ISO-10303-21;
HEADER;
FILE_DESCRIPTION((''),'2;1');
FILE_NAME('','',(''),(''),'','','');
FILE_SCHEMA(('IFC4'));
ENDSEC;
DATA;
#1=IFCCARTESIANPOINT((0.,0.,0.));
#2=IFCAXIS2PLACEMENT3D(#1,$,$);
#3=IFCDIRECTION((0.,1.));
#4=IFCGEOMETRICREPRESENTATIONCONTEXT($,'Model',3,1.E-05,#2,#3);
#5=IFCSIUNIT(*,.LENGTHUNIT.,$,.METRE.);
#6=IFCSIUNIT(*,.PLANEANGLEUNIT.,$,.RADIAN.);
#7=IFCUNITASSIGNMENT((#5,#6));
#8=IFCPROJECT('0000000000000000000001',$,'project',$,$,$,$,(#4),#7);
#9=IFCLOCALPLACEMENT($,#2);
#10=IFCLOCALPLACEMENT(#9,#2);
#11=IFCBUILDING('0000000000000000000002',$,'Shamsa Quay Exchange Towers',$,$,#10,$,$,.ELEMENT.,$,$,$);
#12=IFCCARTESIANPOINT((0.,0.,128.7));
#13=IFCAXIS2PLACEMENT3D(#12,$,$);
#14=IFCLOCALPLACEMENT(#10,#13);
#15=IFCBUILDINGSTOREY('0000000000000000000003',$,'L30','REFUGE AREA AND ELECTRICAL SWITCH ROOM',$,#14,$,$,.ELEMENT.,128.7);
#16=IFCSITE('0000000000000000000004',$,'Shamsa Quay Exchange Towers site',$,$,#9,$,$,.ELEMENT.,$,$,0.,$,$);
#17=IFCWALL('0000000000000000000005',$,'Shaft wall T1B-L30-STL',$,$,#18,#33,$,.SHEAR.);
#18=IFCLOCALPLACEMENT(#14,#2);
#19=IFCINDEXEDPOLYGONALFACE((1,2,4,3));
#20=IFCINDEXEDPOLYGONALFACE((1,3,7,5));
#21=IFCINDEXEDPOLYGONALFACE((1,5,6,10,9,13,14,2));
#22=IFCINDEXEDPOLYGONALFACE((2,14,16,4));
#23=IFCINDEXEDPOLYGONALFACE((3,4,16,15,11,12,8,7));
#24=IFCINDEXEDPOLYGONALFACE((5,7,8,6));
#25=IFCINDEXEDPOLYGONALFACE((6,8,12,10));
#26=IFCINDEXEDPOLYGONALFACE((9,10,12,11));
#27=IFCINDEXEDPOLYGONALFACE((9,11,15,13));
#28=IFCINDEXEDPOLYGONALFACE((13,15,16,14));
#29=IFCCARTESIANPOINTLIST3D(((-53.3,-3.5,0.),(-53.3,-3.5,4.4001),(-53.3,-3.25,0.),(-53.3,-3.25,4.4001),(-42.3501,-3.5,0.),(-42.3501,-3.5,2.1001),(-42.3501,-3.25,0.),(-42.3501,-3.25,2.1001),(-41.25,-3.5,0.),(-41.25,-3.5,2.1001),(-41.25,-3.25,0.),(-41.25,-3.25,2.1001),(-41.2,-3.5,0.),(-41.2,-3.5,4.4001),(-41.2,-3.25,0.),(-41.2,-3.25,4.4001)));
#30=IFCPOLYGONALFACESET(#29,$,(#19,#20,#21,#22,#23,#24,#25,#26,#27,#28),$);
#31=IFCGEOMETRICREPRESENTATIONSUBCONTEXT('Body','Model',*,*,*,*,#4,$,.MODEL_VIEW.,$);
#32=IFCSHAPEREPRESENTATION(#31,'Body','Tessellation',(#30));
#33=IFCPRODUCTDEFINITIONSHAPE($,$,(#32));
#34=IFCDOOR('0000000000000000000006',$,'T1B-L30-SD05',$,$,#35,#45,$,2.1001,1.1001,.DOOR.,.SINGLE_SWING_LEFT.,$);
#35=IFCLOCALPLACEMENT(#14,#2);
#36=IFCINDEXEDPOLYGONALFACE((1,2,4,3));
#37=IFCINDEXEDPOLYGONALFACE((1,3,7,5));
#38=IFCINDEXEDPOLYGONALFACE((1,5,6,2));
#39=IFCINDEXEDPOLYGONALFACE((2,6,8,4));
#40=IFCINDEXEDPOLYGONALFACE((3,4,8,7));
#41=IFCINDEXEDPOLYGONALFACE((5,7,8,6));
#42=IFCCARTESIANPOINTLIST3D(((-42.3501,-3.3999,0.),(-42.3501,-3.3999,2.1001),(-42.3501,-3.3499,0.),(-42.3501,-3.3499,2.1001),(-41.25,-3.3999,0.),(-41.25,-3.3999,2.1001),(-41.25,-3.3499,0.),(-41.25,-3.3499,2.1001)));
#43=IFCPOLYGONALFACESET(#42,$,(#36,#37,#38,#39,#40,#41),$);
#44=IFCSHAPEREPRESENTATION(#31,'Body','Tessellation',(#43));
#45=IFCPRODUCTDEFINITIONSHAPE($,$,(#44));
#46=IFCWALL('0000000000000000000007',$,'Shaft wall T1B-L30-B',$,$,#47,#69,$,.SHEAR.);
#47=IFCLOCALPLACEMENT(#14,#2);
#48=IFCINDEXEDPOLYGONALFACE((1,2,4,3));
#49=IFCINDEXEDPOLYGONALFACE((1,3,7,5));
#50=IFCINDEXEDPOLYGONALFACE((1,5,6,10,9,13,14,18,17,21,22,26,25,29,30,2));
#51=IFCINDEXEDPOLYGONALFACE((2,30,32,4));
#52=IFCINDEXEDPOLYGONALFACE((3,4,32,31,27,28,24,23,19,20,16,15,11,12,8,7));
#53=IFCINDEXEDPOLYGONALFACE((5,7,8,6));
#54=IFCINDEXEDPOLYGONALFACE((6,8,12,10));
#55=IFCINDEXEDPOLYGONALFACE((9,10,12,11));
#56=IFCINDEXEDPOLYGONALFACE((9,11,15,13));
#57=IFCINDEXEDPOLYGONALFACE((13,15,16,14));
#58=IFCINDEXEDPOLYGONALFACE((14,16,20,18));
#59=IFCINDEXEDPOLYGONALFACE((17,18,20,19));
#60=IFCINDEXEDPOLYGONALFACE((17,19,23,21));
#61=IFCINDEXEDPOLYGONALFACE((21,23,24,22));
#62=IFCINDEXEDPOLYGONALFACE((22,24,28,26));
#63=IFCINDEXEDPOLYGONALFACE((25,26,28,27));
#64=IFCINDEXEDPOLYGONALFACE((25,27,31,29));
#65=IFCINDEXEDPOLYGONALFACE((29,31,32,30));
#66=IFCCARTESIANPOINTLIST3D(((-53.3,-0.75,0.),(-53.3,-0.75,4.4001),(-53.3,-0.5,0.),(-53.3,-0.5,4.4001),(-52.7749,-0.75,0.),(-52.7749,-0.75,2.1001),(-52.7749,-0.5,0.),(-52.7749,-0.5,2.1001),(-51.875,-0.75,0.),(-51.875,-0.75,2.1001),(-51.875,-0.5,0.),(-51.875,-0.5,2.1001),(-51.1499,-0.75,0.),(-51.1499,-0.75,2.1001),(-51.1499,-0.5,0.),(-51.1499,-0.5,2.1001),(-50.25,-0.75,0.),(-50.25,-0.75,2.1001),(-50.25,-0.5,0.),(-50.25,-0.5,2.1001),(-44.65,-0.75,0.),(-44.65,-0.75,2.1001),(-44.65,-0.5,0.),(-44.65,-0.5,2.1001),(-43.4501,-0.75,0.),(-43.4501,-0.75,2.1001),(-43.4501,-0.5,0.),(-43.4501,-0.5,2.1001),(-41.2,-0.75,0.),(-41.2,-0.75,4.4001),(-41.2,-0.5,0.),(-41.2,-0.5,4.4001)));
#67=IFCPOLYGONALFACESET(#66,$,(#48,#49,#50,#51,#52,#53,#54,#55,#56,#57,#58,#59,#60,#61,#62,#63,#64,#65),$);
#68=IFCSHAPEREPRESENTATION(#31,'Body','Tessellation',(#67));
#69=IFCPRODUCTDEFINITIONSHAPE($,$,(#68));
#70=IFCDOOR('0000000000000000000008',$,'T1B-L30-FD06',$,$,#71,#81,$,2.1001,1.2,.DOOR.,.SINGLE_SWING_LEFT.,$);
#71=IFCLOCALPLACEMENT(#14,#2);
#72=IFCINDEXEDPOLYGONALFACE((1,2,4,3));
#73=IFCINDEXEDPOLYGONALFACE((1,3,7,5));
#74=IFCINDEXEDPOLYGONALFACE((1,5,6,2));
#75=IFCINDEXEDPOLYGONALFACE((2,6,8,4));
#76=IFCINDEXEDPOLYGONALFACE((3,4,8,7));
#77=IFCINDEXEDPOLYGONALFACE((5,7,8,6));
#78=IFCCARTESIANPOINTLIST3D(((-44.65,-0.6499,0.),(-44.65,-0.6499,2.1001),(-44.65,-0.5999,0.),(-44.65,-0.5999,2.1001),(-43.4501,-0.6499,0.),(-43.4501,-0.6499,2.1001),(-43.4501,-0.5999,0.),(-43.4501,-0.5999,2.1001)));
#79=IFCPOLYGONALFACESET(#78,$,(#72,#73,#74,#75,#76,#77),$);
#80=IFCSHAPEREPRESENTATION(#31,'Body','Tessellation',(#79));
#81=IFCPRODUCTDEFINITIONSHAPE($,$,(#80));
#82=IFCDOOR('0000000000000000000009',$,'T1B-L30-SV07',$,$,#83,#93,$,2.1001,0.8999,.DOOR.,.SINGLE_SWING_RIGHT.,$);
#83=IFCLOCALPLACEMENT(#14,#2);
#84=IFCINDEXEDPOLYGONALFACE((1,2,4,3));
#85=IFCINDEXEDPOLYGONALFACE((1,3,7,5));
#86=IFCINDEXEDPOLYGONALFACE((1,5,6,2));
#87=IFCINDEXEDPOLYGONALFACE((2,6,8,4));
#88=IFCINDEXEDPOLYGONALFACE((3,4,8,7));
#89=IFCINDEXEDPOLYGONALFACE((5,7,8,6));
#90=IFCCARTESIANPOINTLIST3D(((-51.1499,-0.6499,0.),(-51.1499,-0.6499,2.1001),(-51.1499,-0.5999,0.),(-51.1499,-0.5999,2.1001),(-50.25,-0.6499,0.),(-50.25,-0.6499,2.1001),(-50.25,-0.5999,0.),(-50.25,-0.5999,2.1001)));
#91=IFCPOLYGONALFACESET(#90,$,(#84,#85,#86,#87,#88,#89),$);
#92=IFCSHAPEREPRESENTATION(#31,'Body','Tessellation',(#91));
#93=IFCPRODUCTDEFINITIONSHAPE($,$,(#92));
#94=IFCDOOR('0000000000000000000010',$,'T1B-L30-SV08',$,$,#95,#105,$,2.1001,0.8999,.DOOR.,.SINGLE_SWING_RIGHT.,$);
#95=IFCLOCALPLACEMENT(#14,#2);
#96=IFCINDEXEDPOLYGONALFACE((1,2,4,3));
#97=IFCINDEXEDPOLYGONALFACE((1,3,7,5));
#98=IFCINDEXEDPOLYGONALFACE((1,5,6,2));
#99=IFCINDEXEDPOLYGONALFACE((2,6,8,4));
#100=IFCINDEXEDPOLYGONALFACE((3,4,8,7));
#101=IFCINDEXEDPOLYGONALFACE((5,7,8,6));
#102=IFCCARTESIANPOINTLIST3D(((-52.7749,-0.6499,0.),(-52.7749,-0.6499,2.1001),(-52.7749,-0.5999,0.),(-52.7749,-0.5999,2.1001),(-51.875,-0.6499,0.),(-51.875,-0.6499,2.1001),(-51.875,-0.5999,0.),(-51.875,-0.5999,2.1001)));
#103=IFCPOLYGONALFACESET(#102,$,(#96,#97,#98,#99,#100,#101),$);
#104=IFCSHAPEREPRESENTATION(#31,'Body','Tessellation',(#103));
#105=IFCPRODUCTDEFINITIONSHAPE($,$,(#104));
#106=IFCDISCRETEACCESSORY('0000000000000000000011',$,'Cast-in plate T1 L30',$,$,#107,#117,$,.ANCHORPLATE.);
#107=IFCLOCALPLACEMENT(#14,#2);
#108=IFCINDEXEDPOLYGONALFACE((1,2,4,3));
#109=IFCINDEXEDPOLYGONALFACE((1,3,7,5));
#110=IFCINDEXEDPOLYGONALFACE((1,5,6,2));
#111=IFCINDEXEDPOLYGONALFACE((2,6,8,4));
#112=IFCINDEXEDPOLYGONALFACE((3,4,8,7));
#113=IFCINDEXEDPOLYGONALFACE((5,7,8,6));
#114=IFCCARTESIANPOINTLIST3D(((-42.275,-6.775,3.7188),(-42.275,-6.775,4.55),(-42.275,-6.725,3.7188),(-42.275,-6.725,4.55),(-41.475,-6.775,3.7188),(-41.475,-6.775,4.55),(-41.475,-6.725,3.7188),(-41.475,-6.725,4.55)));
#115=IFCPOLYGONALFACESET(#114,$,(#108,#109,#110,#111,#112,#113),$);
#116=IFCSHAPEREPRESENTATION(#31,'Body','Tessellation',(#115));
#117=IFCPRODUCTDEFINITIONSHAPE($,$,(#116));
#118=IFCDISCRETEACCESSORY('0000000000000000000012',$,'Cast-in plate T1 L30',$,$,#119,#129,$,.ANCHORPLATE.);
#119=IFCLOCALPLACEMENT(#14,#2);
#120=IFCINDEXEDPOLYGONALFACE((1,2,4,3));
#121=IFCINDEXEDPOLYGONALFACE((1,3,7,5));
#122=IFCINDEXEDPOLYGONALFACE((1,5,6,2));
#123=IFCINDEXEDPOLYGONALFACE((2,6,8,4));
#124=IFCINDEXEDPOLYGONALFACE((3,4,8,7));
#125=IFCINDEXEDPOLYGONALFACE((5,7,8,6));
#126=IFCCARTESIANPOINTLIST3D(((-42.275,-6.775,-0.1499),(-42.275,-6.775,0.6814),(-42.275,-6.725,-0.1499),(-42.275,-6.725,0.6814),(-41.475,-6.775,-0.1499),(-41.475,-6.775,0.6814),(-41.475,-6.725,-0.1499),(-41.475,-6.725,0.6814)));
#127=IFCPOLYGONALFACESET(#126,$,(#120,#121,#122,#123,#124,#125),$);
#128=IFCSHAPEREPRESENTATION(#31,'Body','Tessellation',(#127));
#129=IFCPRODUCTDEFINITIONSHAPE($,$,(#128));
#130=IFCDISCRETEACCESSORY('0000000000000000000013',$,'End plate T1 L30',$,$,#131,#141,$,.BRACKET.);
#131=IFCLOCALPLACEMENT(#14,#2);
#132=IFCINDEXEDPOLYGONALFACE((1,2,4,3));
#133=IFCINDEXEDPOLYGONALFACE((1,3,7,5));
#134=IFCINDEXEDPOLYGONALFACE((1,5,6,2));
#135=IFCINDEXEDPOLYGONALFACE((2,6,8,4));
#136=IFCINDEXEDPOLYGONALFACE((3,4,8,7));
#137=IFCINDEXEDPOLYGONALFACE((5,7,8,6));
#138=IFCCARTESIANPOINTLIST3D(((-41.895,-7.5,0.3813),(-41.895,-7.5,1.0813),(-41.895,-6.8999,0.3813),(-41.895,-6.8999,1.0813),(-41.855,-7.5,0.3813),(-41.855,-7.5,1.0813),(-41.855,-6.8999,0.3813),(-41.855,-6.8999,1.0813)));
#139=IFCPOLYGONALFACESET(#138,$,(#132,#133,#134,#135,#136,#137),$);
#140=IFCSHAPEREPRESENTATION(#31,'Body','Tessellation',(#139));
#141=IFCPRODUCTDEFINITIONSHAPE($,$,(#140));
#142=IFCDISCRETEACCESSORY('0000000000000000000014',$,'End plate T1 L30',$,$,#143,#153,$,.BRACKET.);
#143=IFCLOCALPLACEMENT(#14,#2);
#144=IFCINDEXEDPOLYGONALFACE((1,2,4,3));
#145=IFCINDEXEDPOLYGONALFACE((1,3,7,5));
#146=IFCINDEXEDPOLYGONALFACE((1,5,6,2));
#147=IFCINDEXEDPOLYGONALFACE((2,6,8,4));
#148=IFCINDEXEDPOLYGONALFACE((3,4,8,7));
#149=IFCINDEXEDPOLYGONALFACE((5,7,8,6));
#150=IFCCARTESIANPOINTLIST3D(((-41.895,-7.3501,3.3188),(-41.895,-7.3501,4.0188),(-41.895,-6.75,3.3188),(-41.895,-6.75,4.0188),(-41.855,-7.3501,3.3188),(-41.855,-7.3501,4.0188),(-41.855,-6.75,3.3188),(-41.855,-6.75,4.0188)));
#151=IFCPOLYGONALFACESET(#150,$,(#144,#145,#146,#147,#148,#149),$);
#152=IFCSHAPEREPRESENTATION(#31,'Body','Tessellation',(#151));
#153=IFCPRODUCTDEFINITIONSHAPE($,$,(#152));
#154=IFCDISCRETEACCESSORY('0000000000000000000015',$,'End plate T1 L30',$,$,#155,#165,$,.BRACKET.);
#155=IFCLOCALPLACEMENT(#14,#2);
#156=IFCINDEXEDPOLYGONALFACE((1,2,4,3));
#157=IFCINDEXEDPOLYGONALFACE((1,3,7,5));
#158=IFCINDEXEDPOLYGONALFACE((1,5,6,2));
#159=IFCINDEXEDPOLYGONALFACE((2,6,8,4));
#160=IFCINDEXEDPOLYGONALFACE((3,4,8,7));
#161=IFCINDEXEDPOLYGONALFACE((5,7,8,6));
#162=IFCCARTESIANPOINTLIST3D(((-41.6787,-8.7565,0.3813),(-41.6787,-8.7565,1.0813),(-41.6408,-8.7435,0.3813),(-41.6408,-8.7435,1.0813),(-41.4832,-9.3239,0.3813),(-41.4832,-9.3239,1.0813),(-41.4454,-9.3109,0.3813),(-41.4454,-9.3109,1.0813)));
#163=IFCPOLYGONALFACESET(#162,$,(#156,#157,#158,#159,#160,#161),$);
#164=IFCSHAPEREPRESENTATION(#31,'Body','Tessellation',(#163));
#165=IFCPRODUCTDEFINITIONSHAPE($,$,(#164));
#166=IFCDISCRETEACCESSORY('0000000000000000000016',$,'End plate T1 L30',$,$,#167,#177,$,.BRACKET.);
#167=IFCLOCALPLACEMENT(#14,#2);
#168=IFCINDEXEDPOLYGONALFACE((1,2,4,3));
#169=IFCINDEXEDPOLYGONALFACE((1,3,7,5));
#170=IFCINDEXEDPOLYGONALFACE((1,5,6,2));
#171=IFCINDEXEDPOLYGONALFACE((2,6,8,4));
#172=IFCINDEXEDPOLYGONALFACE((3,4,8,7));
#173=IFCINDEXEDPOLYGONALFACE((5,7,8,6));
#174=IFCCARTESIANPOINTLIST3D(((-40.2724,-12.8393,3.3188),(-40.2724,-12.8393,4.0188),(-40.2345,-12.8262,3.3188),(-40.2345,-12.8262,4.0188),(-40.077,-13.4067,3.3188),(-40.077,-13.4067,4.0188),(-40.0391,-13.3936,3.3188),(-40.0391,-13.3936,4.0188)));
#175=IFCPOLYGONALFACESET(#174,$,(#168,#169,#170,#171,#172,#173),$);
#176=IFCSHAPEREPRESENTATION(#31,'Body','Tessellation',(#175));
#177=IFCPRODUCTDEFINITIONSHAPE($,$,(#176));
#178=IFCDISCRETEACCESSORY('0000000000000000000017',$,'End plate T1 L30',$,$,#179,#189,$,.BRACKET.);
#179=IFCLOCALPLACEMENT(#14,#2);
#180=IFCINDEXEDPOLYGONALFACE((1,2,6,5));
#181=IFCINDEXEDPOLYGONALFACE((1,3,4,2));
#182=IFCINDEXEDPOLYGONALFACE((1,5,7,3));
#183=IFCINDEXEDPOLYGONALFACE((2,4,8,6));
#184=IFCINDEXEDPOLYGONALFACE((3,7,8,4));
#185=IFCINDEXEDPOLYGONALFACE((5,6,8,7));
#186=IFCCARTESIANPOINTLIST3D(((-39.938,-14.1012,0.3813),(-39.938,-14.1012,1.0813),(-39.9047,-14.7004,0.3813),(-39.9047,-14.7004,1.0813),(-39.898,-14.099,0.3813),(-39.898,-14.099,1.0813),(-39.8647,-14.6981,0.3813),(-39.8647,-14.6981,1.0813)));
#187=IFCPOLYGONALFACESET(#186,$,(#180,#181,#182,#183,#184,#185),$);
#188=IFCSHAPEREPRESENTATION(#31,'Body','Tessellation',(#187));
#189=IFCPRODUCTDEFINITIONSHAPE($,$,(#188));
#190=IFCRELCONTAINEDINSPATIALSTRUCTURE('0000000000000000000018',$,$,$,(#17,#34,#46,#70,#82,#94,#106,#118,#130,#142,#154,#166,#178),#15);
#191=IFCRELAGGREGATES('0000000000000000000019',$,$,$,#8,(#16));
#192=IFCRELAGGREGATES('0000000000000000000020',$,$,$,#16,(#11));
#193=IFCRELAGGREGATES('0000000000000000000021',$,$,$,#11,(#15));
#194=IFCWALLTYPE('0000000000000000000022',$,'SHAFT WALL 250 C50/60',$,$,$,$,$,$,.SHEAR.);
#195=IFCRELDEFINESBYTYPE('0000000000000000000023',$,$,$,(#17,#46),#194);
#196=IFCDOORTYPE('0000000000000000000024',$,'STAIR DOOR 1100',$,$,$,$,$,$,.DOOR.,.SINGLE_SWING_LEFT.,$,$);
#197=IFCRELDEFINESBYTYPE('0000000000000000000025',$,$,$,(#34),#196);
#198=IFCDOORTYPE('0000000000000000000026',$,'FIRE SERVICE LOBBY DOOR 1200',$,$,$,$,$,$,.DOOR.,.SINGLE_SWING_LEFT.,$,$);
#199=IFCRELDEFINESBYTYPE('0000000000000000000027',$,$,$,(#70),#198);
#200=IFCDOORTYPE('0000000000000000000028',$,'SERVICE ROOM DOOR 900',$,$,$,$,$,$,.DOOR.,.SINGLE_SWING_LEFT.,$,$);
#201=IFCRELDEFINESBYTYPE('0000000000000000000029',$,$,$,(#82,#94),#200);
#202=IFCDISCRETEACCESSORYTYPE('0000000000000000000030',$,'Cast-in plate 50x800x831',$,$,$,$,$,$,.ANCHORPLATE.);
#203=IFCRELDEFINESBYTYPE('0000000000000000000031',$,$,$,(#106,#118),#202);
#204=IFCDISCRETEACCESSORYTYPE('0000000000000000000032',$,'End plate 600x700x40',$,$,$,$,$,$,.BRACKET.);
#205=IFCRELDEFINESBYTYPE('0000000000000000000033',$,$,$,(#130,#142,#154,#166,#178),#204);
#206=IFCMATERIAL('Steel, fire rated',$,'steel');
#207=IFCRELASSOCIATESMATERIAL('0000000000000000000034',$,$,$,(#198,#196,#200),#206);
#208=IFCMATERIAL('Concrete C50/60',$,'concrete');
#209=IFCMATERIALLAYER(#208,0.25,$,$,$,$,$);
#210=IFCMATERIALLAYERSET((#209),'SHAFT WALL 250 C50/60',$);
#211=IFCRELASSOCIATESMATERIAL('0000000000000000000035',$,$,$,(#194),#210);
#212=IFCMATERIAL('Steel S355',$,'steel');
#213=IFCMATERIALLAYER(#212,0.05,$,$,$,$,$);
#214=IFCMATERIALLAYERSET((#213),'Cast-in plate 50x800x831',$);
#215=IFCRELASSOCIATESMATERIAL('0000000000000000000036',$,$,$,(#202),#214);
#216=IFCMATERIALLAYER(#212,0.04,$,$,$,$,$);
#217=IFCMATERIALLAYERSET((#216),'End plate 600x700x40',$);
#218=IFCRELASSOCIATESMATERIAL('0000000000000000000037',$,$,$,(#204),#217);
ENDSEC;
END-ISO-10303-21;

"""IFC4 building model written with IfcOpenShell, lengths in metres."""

from ifc_helpers import new_model, si_unit, direction, frame, frame_2d, origin, origin_2d, place, context, subcontext, project, spatial, rectangle, extrude, material, layer, layer_set, type_object, element, fill, save


model = new_model("IFC4")

# Units and contexts
model_context = context("Model", 3, precision=1e-05, world=origin(), true_north=direction((0.0, 1.0)))
body_context = subcontext(model_context, "Body", "Model", "MODEL_VIEW")
ifc_project = project(units=[si_unit("LENGTHUNIT", "METRE"), si_unit("PLANEANGLEUNIT", "RADIAN")], contexts=[model_context])

# Site, building, storey
site_placement = place(None, origin())
site = spatial("IfcSite", under=ifc_project, at=site_placement, Name="Shamsa Quay Exchange Towers site", CompositionType="ELEMENT", RefElevation=0.0)
building_placement = place(site_placement, origin())
building = spatial("IfcBuilding", under=site, at=building_placement, Name="Shamsa Quay Exchange Towers", CompositionType="ELEMENT")
storey_placement = place(building_placement, frame((0.0, 0.0, 128.7)))
storey = spatial("IfcBuildingStorey", under=building, at=storey_placement, Name="L30", Description="REFUGE AREA AND ELECTRICAL SWITCH ROOM", CompositionType="ELEMENT", Elevation=128.7)

# Shared definitions
ifc_material_1 = material(Name="Steel S355", Category="steel")

# Shared definitions
ifc_material_2 = material(Name="Steel, fire rated", Category="steel")
door_type_1 = type_object("IfcDoorType", Name="FIRE SERVICE LOBBY DOOR 1200", OperationType="SINGLE_SWING_LEFT", PredefinedType="DOOR", material=ifc_material_2)

# Wall, opening, door
ifc_material_3 = material(Name="Concrete C50/60", Category="concrete")
ifc_layer_1 = layer(ifc_material_3, 0.25)
ifc_layer_set_1 = layer_set([ifc_layer_1], Name="SHAFT WALL 250 C50/60")
wall_type_1 = type_object("IfcWallType", Name="SHAFT WALL 250 C50/60", PredefinedType="SHEAR", material=ifc_layer_set_1)
wall_1_placement = place(storey_placement, frame((-41.2, -3.375, 0.0), z_axis=(0.0, 0.0, 1.0), x_axis=(-1.0, 0.0, 0.0)))
wall_1 = element("IfcWall", 1, at=wall_1_placement, inside=storey, type_object=wall_type_1, Name="Shaft wall T1B-L30-STL", PredefinedType="SHEAR", context=body_context, shape_type="SweptSolid", body=[
    extrude(rectangle(XDim=12.1001, YDim=0.25, at=frame_2d((6.05, 0.0))), origin(), (0.0, 0.0, 1.0), 4.4001),
])
opening_1_placement = place(wall_1_placement, frame((0.05, 0.0, 0.0)))
opening_1 = element("IfcOpeningElement", 2, at=opening_1_placement, cuts=wall_1, PredefinedType="OPENING", context=body_context, shape_type="SweptSolid", body=[
    extrude(rectangle(XDim=1.1001, YDim=2.1001, at=frame_2d((0.55, 1.05))), frame((0.0, 0.135, 0.0), z_axis=(0.0, -1.0, 0.0), x_axis=(1.0, 0.0, 0.0)), (0.0, 0.0, 1.0), 0.27),
])
door_type_2 = type_object("IfcDoorType", Name="STAIR DOOR 1100", OperationType="SINGLE_SWING_LEFT", PredefinedType="DOOR", material=ifc_material_2)
door_1_placement = place(opening_1_placement, origin())
door_1 = element("IfcDoor", 3, at=door_1_placement, inside=storey, type_object=door_type_2, Name="T1B-L30-SD05", OperationType="SINGLE_SWING_LEFT", OverallHeight=2.1001, OverallWidth=1.1001, PredefinedType="DOOR", context=body_context, shape_type="SweptSolid", body=[
    extrude(rectangle(XDim=1.1001, YDim=2.1001, at=frame_2d((0.55, 1.05))), frame((0.0, 0.0249, 0.0), z_axis=(0.0, -1.0, 0.0), x_axis=(1.0, 0.0, 0.0)), (0.0, 0.0, 1.0), 0.05),
])
fill(opening_1, door_1)

# Wall, openings, doors
wall_2_placement = place(storey_placement, frame((-41.2, -0.625, 0.0), z_axis=(0.0, 0.0, 1.0), x_axis=(-1.0, 0.0, 0.0)))
wall_2 = element("IfcWall", 4, at=wall_2_placement, inside=storey, type_object=wall_type_1, Name="Shaft wall T1B-L30-B", PredefinedType="SHEAR", context=body_context, shape_type="SweptSolid", body=[
    extrude(rectangle(XDim=12.1001, YDim=0.25, at=frame_2d((6.05, 0.0))), origin(), (0.0, 0.0, 1.0), 4.4001),
])
opening_2_placement = place(wall_2_placement, frame((2.25, 0.0, 0.0)))
opening_2 = element("IfcOpeningElement", 5, at=opening_2_placement, cuts=wall_2, PredefinedType="OPENING", context=body_context, shape_type="SweptSolid", body=[
    extrude(rectangle(XDim=1.2, YDim=2.1001, at=frame_2d((0.6001, 1.05))), frame((0.0, 0.135, 0.0), z_axis=(0.0, -1.0, 0.0), x_axis=(1.0, 0.0, 0.0)), (0.0, 0.0, 1.0), 0.27),
])
opening_3_placement = place(wall_2_placement, frame((9.05, 0.0, 0.0)))
opening_3 = element("IfcOpeningElement", 6, at=opening_3_placement, cuts=wall_2, PredefinedType="OPENING", context=body_context, shape_type="SweptSolid", body=[
    extrude(rectangle(XDim=0.8999, YDim=2.1001, at=frame_2d((0.45, 1.05))), frame((0.0, 0.135, 0.0), z_axis=(0.0, -1.0, 0.0), x_axis=(1.0, 0.0, 0.0)), (0.0, 0.0, 1.0), 0.27),
])
opening_4_placement = place(wall_2_placement, frame((10.675, 0.0, 0.0)))
opening_4 = element("IfcOpeningElement", 7, at=opening_4_placement, cuts=wall_2, PredefinedType="OPENING", context=body_context, shape_type="SweptSolid", body=[
    extrude(rectangle(XDim=0.8999, YDim=2.1001, at=frame_2d((0.45, 1.05))), frame((0.0, 0.135, 0.0), z_axis=(0.0, -1.0, 0.0), x_axis=(1.0, 0.0, 0.0)), (0.0, 0.0, 1.0), 0.27),
])
door_2_placement = place(opening_2_placement, origin())
door_2 = element("IfcDoor", 8, at=door_2_placement, inside=storey, type_object=door_type_1, Name="T1B-L30-FD06", OperationType="SINGLE_SWING_LEFT", OverallHeight=2.1001, OverallWidth=1.2, PredefinedType="DOOR", context=body_context, shape_type="SweptSolid", body=[
    extrude(rectangle(XDim=1.2, YDim=2.1001, at=frame_2d((0.6001, 1.05))), frame((0.0, 0.0249, 0.0), z_axis=(0.0, -1.0, 0.0), x_axis=(1.0, 0.0, 0.0)), (0.0, 0.0, 1.0), 0.05),
])
fill(opening_2, door_2)
door_type_3 = type_object("IfcDoorType", Name="SERVICE ROOM DOOR 900", OperationType="SINGLE_SWING_LEFT", PredefinedType="DOOR", material=ifc_material_2)
door_3_placement = place(opening_3_placement, origin())
door_3 = element("IfcDoor", 9, at=door_3_placement, inside=storey, type_object=door_type_3, Name="T1B-L30-SV07", OperationType="SINGLE_SWING_RIGHT", OverallHeight=2.1001, OverallWidth=0.8999, PredefinedType="DOOR", context=body_context, shape_type="SweptSolid", body=[
    extrude(rectangle(XDim=0.8999, YDim=2.1001, at=frame_2d((0.45, 1.05))), frame((0.0, 0.0249, 0.0), z_axis=(0.0, -1.0, 0.0), x_axis=(1.0, 0.0, 0.0)), (0.0, 0.0, 1.0), 0.05),
])
fill(opening_3, door_3)
door_4_placement = place(opening_4_placement, origin())
door_4 = element("IfcDoor", 10, at=door_4_placement, inside=storey, type_object=door_type_3, Name="T1B-L30-SV08", OperationType="SINGLE_SWING_RIGHT", OverallHeight=2.1001, OverallWidth=0.8999, PredefinedType="DOOR", context=body_context, shape_type="SweptSolid", body=[
    extrude(rectangle(XDim=0.8999, YDim=2.1001, at=frame_2d((0.45, 1.05))), frame((0.0, 0.0249, 0.0), z_axis=(0.0, -1.0, 0.0), x_axis=(1.0, 0.0, 0.0)), (0.0, 0.0, 1.0), 0.05),
])
fill(opening_4, door_4)

# Discrete accessories
ifc_layer_2 = layer(ifc_material_1, 0.05)
ifc_layer_set_2 = layer_set([ifc_layer_2], Name="Cast-in plate 50x800x831")
discrete_accessory_type_1 = type_object("IfcDiscreteAccessoryType", Name="Cast-in plate 50x800x831", PredefinedType="ANCHORPLATE", material=ifc_layer_set_2)
for number, where, z_axis, x_axis, name in (
    (11, (-41.875, -6.75, 3.7188), (0.0, 0.0, 1.0), (0.0, 1.0, 0.0), "Cast-in plate T1 L30"),
    (12, (-41.875, -6.75, -0.1499), (0.0, 0.0, 1.0), (0.0, 1.0, 0.0), "Cast-in plate T1 L30"),
):
    element("IfcDiscreteAccessory", number, at=place(storey_placement, frame(where, z_axis=z_axis, x_axis=x_axis)), inside=storey, type_object=discrete_accessory_type_1, Name=name, PredefinedType="ANCHORPLATE", context=body_context, shape_type="SweptSolid", body=[
        extrude(rectangle(XDim=0.05, YDim=0.8, at=origin_2d()), origin(), (0.0, 0.0, 1.0), 0.8313),
    ])
ifc_layer_3 = layer(ifc_material_1, 0.04)
ifc_layer_set_3 = layer_set([ifc_layer_3], Name="End plate 600x700x40")
discrete_accessory_type_2 = type_object("IfcDiscreteAccessoryType", Name="End plate 600x700x40", PredefinedType="BRACKET", material=ifc_layer_set_3)
for number, where, z_axis, x_axis, name in (
    (13, (-41.875, -7.2, 0.3813), (0.0, 0.0, 1.0), (0.0, 1.0, 0.0), "End plate T1 L30"),
    (14, (-41.875, -7.05, 3.3188), (0.0, 0.0, 1.0), (0.0, 1.0, 0.0), "End plate T1 L30"),
    (15, (-41.562, -9.0337, 0.3813), (0.0, 0.0, 1.0), (0.325667, -0.945485, 0.0), "End plate T1 L30"),
    (16, (-40.1558, -13.1165, 3.3188), (0.0, 0.0, 1.0), (0.325667, -0.945485, 0.0), "End plate T1 L30"),
    (17, (-39.9014, -14.3997, 0.3813), (0.0, 0.0, 1.0), (0.05547, -0.99846, 0.0), "End plate T1 L30"),
):
    element("IfcDiscreteAccessory", number, at=place(storey_placement, frame(where, z_axis=z_axis, x_axis=x_axis)), inside=storey, type_object=discrete_accessory_type_2, Name=name, PredefinedType="BRACKET", context=body_context, shape_type="SweptSolid", body=[
        extrude(rectangle(XDim=0.6001, YDim=0.04, at=origin_2d()), origin(), (0.0, 0.0, 1.0), 0.7),
    ])

save(model, "model.ifc")
